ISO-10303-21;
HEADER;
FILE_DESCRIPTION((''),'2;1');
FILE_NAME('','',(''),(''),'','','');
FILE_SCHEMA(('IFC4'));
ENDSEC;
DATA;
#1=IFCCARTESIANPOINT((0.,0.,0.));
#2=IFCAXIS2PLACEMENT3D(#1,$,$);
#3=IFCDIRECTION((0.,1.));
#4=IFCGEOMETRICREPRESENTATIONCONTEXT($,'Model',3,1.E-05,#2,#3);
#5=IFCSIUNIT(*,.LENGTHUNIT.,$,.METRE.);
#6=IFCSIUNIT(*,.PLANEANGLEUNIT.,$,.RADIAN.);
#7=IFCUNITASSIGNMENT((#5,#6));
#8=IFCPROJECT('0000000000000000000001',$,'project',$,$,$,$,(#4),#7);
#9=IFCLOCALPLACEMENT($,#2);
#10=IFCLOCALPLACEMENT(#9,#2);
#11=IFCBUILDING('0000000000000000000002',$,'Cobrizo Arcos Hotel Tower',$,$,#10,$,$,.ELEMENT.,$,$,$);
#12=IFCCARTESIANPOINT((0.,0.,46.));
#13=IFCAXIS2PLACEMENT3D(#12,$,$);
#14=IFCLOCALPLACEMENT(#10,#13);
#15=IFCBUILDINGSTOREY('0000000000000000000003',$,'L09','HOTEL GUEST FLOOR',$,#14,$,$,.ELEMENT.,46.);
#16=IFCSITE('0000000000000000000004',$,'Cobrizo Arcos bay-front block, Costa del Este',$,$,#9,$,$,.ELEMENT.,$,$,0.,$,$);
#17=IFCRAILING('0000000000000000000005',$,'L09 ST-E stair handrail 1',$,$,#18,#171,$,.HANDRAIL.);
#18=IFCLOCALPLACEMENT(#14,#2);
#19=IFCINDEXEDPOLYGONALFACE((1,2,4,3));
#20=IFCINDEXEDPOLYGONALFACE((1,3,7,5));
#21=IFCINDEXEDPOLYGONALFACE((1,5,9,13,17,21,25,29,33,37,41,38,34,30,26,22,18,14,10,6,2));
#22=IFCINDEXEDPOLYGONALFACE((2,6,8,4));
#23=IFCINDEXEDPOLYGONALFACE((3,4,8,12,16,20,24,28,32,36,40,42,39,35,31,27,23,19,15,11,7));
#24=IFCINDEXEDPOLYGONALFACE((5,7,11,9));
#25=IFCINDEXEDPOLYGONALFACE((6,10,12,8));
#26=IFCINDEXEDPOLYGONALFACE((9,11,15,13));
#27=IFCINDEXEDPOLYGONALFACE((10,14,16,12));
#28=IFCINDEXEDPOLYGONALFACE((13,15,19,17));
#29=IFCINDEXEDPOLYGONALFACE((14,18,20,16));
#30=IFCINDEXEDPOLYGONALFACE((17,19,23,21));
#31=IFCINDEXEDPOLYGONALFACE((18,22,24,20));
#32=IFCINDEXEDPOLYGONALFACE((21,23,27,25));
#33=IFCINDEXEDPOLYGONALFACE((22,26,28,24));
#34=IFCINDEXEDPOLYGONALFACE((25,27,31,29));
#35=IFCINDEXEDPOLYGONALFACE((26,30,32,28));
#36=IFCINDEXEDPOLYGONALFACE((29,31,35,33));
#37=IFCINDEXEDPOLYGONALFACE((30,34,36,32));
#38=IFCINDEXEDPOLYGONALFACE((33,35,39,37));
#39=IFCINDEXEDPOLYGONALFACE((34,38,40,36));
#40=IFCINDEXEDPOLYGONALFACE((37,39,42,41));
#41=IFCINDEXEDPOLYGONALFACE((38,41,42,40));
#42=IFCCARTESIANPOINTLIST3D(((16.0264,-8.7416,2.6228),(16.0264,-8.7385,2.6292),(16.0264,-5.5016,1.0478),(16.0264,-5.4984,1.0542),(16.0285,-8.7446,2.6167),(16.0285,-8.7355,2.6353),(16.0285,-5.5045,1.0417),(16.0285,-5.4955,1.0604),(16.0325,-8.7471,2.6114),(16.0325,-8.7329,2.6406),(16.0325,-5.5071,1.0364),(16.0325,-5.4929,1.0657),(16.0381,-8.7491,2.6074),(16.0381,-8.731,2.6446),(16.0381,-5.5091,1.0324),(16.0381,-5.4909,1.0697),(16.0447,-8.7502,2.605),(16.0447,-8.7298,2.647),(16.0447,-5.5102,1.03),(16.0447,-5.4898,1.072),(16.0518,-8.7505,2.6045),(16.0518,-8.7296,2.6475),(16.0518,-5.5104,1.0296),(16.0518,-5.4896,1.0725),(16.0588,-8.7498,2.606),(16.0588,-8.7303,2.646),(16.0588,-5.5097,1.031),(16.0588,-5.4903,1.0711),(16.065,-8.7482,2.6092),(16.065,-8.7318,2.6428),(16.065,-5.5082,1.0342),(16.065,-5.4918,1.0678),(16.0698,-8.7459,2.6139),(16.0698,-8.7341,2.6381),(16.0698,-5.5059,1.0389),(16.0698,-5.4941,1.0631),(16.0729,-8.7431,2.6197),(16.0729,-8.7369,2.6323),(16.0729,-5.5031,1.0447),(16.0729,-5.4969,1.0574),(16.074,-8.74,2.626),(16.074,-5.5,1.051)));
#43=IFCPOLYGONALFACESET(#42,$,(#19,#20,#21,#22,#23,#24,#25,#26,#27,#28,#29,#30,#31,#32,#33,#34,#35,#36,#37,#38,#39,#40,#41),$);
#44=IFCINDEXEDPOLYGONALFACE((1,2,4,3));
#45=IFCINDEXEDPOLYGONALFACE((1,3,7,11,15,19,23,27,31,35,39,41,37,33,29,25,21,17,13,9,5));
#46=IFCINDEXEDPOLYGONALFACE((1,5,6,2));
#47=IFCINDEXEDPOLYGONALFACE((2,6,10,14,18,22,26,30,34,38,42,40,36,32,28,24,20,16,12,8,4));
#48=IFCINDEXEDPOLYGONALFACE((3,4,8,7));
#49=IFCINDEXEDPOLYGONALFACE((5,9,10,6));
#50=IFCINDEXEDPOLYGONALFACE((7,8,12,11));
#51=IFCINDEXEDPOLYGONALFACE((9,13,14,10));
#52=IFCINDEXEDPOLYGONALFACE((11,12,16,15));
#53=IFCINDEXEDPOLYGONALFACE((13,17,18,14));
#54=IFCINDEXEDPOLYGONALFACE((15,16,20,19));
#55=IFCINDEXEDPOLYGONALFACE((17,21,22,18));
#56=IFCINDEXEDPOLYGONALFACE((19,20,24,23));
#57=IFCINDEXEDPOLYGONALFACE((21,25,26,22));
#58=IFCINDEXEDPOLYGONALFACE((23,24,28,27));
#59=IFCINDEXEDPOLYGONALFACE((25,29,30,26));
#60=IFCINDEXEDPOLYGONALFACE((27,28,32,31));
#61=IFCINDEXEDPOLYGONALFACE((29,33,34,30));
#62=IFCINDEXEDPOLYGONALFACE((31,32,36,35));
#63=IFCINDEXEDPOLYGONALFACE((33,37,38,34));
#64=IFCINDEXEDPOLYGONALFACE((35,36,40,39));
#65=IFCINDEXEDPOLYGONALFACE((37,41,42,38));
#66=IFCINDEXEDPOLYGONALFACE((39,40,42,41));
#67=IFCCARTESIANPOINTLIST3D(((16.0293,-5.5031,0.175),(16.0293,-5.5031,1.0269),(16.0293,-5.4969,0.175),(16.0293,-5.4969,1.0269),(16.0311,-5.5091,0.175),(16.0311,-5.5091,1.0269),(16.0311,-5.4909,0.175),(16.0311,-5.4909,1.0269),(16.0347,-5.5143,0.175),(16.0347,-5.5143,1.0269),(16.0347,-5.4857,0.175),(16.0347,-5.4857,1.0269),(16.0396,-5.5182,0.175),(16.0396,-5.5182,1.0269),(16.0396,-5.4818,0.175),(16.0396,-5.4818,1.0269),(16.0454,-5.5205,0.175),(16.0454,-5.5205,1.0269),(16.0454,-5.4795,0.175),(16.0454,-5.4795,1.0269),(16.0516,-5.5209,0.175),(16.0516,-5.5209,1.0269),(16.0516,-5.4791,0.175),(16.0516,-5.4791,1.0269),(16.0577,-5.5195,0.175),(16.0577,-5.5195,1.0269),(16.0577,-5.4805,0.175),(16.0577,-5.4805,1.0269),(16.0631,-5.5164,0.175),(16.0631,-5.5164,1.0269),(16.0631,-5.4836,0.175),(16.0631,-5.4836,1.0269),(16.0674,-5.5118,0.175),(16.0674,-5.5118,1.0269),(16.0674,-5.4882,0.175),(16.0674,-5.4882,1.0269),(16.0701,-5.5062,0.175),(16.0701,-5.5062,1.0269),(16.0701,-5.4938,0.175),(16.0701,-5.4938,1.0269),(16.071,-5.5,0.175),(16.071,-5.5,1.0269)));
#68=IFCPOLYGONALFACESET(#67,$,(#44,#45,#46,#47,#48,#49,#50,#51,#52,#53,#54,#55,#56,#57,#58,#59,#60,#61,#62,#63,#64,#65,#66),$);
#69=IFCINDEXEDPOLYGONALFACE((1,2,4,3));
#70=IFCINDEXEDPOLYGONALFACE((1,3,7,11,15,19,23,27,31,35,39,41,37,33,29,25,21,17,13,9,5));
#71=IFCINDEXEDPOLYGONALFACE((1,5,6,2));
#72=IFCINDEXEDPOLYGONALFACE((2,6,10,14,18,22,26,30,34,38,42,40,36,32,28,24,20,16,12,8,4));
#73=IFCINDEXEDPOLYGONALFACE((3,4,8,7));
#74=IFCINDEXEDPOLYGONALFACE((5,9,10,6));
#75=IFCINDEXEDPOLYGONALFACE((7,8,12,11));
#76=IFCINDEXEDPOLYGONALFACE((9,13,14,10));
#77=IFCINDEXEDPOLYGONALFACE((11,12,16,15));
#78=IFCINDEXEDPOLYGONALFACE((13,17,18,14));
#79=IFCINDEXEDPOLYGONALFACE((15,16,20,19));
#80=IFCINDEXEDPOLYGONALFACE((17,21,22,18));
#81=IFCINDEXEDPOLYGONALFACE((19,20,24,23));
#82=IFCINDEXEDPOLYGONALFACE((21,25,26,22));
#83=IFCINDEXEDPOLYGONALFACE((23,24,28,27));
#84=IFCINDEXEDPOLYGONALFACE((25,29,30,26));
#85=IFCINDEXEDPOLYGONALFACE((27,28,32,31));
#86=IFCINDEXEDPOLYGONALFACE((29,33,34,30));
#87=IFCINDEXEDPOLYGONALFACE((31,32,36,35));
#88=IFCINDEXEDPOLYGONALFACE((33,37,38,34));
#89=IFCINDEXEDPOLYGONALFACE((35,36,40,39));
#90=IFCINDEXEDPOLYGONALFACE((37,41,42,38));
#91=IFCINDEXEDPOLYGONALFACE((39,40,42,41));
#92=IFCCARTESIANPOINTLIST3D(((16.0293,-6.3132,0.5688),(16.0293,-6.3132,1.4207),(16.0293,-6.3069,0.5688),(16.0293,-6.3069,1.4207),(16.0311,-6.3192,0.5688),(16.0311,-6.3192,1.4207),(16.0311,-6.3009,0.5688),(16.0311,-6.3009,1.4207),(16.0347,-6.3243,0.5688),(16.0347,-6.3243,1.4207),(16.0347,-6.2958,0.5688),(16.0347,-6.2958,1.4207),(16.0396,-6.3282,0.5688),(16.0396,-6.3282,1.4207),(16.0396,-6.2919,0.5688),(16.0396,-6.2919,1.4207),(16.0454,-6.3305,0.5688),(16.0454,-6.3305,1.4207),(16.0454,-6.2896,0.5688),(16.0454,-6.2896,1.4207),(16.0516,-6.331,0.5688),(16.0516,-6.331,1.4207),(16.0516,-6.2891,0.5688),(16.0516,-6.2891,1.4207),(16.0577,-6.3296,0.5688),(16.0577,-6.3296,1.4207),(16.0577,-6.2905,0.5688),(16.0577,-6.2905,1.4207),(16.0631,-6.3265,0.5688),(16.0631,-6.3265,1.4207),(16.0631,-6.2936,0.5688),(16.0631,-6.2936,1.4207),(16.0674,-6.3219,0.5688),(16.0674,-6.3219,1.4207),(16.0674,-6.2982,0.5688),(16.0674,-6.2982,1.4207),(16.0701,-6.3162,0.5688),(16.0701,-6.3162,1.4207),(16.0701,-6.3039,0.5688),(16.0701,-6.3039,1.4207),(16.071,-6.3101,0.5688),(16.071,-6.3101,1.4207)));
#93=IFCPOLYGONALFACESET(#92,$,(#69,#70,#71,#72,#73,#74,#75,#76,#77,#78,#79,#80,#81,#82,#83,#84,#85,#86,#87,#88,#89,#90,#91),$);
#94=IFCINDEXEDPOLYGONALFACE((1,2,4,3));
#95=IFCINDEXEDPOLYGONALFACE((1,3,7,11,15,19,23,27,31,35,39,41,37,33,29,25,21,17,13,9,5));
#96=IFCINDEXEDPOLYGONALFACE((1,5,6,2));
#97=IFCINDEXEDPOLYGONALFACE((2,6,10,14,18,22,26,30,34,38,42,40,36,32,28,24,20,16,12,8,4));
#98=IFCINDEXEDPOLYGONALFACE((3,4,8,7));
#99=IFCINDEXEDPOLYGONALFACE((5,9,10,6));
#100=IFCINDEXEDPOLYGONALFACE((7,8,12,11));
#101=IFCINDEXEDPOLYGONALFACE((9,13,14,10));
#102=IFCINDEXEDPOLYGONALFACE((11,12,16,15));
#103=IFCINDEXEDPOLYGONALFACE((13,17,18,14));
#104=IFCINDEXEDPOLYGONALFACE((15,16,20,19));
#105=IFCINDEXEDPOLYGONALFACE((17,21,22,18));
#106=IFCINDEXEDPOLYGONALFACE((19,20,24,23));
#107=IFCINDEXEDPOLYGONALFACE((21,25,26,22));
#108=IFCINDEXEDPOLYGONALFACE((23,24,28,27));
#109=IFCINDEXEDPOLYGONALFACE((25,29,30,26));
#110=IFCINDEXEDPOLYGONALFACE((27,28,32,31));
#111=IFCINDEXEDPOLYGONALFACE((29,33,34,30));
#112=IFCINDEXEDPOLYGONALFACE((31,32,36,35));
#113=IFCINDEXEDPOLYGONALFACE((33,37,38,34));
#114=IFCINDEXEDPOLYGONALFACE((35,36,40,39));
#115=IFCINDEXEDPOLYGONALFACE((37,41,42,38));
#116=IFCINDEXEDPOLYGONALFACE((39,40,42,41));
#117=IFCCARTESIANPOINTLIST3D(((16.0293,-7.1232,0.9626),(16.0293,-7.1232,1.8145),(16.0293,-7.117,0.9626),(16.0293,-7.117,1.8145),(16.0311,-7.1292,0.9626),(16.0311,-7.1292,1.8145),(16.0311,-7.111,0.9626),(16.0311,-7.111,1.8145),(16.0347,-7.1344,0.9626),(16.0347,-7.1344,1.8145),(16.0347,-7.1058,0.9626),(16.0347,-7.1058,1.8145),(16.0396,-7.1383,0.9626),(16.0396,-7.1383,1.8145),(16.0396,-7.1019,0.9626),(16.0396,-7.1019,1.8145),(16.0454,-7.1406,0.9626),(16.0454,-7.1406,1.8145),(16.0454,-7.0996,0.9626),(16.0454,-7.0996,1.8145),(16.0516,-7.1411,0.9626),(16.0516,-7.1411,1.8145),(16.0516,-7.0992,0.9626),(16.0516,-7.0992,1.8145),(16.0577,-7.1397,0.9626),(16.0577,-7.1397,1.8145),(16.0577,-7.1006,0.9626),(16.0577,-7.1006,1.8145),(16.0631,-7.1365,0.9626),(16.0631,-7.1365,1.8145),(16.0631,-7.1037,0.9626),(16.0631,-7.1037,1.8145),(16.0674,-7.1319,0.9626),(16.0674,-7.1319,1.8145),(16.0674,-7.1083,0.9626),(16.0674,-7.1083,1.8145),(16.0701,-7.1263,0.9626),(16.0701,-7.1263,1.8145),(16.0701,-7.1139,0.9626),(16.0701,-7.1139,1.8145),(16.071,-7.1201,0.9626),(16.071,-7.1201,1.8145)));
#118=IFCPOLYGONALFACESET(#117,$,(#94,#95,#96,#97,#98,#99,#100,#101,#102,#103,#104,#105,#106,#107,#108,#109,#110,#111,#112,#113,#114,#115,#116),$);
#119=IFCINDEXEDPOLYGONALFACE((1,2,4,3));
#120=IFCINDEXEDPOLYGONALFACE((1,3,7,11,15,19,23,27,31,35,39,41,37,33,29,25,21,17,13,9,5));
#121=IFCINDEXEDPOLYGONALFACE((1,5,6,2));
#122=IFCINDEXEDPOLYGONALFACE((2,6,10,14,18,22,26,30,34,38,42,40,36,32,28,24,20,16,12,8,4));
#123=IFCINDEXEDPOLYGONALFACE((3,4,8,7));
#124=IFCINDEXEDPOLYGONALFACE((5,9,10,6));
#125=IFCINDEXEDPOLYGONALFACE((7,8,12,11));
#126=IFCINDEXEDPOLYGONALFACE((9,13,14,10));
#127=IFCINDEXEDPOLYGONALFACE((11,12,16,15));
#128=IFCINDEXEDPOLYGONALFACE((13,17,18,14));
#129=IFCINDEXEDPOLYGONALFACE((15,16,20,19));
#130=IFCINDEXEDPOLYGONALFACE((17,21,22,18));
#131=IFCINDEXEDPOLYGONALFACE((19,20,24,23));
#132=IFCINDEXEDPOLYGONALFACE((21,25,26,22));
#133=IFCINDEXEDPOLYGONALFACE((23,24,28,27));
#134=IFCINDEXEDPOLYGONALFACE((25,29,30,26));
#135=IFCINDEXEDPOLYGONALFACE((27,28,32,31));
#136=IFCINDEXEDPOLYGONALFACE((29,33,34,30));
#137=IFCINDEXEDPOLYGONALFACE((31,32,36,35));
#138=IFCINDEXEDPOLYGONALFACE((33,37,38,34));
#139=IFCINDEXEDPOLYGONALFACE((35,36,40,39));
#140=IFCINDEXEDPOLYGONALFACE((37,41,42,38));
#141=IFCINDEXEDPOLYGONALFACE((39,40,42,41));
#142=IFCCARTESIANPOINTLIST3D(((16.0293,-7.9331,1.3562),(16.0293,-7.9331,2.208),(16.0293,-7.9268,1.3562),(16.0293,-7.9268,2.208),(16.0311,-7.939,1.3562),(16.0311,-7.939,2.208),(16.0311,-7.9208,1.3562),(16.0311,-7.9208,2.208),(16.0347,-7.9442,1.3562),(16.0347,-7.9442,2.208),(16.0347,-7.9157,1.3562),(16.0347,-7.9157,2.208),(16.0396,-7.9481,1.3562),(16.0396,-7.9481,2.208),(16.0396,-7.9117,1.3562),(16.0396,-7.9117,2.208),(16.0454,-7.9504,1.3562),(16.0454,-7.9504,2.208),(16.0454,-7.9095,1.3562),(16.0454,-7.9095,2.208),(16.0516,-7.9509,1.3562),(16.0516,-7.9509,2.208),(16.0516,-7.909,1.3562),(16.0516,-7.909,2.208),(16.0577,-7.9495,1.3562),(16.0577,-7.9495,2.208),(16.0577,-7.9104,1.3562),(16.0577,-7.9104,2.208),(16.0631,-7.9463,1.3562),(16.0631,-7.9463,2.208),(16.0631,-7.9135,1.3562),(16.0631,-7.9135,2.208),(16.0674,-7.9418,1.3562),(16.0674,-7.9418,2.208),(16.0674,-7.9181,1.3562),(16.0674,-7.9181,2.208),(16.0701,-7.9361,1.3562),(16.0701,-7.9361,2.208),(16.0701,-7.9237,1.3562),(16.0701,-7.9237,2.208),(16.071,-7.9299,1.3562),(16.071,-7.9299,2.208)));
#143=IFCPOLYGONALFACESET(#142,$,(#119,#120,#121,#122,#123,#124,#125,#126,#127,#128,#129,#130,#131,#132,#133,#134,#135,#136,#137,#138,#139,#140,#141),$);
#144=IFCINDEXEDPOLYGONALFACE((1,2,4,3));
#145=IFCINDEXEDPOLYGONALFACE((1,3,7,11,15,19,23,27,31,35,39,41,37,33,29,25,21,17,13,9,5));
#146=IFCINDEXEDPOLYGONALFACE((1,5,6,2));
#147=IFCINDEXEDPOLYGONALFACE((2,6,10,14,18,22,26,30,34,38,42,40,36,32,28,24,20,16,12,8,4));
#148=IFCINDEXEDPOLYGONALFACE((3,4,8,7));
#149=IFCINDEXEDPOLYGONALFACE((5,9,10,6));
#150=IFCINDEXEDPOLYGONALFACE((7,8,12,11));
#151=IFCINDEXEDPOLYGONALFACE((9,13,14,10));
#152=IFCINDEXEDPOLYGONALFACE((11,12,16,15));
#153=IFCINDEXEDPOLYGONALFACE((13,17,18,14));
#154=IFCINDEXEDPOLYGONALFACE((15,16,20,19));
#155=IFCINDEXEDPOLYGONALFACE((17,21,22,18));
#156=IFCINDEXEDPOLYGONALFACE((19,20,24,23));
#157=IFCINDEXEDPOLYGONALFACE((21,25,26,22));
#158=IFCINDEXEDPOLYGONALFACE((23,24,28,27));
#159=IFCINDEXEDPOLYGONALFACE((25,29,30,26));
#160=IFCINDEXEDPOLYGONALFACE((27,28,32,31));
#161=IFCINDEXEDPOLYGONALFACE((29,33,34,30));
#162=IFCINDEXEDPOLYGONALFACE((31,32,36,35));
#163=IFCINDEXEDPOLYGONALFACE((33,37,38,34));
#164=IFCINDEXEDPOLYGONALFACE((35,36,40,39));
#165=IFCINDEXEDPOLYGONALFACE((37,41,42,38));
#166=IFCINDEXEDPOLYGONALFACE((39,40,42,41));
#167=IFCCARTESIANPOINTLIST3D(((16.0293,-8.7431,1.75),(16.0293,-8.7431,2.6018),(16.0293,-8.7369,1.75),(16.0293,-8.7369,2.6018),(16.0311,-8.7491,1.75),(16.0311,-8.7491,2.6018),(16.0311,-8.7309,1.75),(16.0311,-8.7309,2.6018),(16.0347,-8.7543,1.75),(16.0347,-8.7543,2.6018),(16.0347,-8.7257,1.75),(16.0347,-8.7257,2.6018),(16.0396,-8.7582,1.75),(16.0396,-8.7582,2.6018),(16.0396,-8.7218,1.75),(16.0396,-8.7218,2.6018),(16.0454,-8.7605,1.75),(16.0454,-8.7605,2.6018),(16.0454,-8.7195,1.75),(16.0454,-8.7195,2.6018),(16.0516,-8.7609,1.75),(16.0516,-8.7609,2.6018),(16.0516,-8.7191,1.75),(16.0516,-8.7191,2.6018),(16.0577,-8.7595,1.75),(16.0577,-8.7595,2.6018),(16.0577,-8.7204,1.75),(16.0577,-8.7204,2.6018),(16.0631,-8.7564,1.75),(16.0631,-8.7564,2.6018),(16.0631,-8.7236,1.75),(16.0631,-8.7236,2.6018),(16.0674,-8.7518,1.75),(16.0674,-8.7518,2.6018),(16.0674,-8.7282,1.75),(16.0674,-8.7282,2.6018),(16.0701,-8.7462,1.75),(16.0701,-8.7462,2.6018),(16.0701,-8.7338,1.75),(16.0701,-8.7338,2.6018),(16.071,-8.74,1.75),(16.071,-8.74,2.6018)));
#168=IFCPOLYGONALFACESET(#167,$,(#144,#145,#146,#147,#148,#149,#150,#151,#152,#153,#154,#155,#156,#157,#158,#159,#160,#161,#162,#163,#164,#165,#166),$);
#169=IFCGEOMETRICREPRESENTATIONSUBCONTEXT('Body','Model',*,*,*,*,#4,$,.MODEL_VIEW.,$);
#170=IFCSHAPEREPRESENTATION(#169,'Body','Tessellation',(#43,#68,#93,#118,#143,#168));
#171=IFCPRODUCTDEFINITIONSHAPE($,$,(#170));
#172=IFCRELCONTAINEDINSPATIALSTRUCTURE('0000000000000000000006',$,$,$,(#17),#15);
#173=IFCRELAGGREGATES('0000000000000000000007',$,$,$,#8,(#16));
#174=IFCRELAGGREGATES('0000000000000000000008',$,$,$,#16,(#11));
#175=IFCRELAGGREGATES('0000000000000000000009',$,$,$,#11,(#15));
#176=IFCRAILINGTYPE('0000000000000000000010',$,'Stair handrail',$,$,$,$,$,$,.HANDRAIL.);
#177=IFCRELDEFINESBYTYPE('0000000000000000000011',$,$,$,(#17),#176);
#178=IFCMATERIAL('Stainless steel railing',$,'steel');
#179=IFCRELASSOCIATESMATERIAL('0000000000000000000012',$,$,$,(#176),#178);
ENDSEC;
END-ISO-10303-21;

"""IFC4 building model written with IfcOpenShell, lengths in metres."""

from ifc_helpers import new_model, si_unit, direction, frame, origin, origin_2d, place, context, subcontext, project, spatial, circle, extrude, material, type_object, element, save


model = new_model("IFC4")

# Units and contexts
model_context = context("Model", 3, precision=1e-05, world=origin(), true_north=direction((0.0, 1.0)))
body_context = subcontext(model_context, "Body", "Model", "MODEL_VIEW")
ifc_project = project(units=[si_unit("LENGTHUNIT", "METRE"), si_unit("PLANEANGLEUNIT", "RADIAN")], contexts=[model_context])

# Site, building, storey
site_placement = place(None, origin())
site = spatial("IfcSite", under=ifc_project, at=site_placement, Name="Cobrizo Arcos bay-front block, Costa del Este", CompositionType="ELEMENT", RefElevation=0.0)
building_placement = place(site_placement, origin())
building = spatial("IfcBuilding", under=site, at=building_placement, Name="Cobrizo Arcos Hotel Tower", CompositionType="ELEMENT")
storey_placement = place(building_placement, frame((0.0, 0.0, 46.0)))
storey = spatial("IfcBuildingStorey", under=building, at=storey_placement, Name="L09", Description="HOTEL GUEST FLOOR", CompositionType="ELEMENT", Elevation=46.0)

# Railing
ifc_material_1 = material(Name="Stainless steel railing", Category="steel")
railing_type = type_object("IfcRailingType", Name="Stair handrail", PredefinedType="HANDRAIL", material=ifc_material_1)
railing_placement = place(storey_placement, frame((16.05, -5.5, 0.175)))
element("IfcRailing", 1, at=railing_placement, inside=storey, type_object=railing_type, Name="L09 ST-E stair handrail 1", PredefinedType="HANDRAIL", context=body_context, shape_type="SweptSolid", body=[
    extrude(circle(Radius=0.0239, at=origin_2d()), frame((0.0, 0.0, 0.876), z_axis=(0.0, -0.899373, 0.437183), x_axis=(1.0, 0.0, 0.0)), (0.0, 0.0, 1.0), 3.6025),
    extrude(circle(Radius=0.021, at=origin_2d()), origin(), (0.0, 0.0, 1.0), 0.8518),
    extrude(circle(Radius=0.021, at=origin_2d()), frame((0.0, -0.8101, 0.3938)), (0.0, 0.0, 1.0), 0.8518),
    extrude(circle(Radius=0.021, at=origin_2d()), frame((0.0, -1.6201, 0.7876)), (0.0, 0.0, 1.0), 0.8518),
    extrude(circle(Radius=0.021, at=origin_2d()), frame((0.0, -2.4299, 1.1812)), (0.0, 0.0, 1.0), 0.8518),
    extrude(circle(Radius=0.021, at=origin_2d()), frame((0.0, -3.24, 1.575)), (0.0, 0.0, 1.0), 0.8518),
])

save(model, "model.ifc")
